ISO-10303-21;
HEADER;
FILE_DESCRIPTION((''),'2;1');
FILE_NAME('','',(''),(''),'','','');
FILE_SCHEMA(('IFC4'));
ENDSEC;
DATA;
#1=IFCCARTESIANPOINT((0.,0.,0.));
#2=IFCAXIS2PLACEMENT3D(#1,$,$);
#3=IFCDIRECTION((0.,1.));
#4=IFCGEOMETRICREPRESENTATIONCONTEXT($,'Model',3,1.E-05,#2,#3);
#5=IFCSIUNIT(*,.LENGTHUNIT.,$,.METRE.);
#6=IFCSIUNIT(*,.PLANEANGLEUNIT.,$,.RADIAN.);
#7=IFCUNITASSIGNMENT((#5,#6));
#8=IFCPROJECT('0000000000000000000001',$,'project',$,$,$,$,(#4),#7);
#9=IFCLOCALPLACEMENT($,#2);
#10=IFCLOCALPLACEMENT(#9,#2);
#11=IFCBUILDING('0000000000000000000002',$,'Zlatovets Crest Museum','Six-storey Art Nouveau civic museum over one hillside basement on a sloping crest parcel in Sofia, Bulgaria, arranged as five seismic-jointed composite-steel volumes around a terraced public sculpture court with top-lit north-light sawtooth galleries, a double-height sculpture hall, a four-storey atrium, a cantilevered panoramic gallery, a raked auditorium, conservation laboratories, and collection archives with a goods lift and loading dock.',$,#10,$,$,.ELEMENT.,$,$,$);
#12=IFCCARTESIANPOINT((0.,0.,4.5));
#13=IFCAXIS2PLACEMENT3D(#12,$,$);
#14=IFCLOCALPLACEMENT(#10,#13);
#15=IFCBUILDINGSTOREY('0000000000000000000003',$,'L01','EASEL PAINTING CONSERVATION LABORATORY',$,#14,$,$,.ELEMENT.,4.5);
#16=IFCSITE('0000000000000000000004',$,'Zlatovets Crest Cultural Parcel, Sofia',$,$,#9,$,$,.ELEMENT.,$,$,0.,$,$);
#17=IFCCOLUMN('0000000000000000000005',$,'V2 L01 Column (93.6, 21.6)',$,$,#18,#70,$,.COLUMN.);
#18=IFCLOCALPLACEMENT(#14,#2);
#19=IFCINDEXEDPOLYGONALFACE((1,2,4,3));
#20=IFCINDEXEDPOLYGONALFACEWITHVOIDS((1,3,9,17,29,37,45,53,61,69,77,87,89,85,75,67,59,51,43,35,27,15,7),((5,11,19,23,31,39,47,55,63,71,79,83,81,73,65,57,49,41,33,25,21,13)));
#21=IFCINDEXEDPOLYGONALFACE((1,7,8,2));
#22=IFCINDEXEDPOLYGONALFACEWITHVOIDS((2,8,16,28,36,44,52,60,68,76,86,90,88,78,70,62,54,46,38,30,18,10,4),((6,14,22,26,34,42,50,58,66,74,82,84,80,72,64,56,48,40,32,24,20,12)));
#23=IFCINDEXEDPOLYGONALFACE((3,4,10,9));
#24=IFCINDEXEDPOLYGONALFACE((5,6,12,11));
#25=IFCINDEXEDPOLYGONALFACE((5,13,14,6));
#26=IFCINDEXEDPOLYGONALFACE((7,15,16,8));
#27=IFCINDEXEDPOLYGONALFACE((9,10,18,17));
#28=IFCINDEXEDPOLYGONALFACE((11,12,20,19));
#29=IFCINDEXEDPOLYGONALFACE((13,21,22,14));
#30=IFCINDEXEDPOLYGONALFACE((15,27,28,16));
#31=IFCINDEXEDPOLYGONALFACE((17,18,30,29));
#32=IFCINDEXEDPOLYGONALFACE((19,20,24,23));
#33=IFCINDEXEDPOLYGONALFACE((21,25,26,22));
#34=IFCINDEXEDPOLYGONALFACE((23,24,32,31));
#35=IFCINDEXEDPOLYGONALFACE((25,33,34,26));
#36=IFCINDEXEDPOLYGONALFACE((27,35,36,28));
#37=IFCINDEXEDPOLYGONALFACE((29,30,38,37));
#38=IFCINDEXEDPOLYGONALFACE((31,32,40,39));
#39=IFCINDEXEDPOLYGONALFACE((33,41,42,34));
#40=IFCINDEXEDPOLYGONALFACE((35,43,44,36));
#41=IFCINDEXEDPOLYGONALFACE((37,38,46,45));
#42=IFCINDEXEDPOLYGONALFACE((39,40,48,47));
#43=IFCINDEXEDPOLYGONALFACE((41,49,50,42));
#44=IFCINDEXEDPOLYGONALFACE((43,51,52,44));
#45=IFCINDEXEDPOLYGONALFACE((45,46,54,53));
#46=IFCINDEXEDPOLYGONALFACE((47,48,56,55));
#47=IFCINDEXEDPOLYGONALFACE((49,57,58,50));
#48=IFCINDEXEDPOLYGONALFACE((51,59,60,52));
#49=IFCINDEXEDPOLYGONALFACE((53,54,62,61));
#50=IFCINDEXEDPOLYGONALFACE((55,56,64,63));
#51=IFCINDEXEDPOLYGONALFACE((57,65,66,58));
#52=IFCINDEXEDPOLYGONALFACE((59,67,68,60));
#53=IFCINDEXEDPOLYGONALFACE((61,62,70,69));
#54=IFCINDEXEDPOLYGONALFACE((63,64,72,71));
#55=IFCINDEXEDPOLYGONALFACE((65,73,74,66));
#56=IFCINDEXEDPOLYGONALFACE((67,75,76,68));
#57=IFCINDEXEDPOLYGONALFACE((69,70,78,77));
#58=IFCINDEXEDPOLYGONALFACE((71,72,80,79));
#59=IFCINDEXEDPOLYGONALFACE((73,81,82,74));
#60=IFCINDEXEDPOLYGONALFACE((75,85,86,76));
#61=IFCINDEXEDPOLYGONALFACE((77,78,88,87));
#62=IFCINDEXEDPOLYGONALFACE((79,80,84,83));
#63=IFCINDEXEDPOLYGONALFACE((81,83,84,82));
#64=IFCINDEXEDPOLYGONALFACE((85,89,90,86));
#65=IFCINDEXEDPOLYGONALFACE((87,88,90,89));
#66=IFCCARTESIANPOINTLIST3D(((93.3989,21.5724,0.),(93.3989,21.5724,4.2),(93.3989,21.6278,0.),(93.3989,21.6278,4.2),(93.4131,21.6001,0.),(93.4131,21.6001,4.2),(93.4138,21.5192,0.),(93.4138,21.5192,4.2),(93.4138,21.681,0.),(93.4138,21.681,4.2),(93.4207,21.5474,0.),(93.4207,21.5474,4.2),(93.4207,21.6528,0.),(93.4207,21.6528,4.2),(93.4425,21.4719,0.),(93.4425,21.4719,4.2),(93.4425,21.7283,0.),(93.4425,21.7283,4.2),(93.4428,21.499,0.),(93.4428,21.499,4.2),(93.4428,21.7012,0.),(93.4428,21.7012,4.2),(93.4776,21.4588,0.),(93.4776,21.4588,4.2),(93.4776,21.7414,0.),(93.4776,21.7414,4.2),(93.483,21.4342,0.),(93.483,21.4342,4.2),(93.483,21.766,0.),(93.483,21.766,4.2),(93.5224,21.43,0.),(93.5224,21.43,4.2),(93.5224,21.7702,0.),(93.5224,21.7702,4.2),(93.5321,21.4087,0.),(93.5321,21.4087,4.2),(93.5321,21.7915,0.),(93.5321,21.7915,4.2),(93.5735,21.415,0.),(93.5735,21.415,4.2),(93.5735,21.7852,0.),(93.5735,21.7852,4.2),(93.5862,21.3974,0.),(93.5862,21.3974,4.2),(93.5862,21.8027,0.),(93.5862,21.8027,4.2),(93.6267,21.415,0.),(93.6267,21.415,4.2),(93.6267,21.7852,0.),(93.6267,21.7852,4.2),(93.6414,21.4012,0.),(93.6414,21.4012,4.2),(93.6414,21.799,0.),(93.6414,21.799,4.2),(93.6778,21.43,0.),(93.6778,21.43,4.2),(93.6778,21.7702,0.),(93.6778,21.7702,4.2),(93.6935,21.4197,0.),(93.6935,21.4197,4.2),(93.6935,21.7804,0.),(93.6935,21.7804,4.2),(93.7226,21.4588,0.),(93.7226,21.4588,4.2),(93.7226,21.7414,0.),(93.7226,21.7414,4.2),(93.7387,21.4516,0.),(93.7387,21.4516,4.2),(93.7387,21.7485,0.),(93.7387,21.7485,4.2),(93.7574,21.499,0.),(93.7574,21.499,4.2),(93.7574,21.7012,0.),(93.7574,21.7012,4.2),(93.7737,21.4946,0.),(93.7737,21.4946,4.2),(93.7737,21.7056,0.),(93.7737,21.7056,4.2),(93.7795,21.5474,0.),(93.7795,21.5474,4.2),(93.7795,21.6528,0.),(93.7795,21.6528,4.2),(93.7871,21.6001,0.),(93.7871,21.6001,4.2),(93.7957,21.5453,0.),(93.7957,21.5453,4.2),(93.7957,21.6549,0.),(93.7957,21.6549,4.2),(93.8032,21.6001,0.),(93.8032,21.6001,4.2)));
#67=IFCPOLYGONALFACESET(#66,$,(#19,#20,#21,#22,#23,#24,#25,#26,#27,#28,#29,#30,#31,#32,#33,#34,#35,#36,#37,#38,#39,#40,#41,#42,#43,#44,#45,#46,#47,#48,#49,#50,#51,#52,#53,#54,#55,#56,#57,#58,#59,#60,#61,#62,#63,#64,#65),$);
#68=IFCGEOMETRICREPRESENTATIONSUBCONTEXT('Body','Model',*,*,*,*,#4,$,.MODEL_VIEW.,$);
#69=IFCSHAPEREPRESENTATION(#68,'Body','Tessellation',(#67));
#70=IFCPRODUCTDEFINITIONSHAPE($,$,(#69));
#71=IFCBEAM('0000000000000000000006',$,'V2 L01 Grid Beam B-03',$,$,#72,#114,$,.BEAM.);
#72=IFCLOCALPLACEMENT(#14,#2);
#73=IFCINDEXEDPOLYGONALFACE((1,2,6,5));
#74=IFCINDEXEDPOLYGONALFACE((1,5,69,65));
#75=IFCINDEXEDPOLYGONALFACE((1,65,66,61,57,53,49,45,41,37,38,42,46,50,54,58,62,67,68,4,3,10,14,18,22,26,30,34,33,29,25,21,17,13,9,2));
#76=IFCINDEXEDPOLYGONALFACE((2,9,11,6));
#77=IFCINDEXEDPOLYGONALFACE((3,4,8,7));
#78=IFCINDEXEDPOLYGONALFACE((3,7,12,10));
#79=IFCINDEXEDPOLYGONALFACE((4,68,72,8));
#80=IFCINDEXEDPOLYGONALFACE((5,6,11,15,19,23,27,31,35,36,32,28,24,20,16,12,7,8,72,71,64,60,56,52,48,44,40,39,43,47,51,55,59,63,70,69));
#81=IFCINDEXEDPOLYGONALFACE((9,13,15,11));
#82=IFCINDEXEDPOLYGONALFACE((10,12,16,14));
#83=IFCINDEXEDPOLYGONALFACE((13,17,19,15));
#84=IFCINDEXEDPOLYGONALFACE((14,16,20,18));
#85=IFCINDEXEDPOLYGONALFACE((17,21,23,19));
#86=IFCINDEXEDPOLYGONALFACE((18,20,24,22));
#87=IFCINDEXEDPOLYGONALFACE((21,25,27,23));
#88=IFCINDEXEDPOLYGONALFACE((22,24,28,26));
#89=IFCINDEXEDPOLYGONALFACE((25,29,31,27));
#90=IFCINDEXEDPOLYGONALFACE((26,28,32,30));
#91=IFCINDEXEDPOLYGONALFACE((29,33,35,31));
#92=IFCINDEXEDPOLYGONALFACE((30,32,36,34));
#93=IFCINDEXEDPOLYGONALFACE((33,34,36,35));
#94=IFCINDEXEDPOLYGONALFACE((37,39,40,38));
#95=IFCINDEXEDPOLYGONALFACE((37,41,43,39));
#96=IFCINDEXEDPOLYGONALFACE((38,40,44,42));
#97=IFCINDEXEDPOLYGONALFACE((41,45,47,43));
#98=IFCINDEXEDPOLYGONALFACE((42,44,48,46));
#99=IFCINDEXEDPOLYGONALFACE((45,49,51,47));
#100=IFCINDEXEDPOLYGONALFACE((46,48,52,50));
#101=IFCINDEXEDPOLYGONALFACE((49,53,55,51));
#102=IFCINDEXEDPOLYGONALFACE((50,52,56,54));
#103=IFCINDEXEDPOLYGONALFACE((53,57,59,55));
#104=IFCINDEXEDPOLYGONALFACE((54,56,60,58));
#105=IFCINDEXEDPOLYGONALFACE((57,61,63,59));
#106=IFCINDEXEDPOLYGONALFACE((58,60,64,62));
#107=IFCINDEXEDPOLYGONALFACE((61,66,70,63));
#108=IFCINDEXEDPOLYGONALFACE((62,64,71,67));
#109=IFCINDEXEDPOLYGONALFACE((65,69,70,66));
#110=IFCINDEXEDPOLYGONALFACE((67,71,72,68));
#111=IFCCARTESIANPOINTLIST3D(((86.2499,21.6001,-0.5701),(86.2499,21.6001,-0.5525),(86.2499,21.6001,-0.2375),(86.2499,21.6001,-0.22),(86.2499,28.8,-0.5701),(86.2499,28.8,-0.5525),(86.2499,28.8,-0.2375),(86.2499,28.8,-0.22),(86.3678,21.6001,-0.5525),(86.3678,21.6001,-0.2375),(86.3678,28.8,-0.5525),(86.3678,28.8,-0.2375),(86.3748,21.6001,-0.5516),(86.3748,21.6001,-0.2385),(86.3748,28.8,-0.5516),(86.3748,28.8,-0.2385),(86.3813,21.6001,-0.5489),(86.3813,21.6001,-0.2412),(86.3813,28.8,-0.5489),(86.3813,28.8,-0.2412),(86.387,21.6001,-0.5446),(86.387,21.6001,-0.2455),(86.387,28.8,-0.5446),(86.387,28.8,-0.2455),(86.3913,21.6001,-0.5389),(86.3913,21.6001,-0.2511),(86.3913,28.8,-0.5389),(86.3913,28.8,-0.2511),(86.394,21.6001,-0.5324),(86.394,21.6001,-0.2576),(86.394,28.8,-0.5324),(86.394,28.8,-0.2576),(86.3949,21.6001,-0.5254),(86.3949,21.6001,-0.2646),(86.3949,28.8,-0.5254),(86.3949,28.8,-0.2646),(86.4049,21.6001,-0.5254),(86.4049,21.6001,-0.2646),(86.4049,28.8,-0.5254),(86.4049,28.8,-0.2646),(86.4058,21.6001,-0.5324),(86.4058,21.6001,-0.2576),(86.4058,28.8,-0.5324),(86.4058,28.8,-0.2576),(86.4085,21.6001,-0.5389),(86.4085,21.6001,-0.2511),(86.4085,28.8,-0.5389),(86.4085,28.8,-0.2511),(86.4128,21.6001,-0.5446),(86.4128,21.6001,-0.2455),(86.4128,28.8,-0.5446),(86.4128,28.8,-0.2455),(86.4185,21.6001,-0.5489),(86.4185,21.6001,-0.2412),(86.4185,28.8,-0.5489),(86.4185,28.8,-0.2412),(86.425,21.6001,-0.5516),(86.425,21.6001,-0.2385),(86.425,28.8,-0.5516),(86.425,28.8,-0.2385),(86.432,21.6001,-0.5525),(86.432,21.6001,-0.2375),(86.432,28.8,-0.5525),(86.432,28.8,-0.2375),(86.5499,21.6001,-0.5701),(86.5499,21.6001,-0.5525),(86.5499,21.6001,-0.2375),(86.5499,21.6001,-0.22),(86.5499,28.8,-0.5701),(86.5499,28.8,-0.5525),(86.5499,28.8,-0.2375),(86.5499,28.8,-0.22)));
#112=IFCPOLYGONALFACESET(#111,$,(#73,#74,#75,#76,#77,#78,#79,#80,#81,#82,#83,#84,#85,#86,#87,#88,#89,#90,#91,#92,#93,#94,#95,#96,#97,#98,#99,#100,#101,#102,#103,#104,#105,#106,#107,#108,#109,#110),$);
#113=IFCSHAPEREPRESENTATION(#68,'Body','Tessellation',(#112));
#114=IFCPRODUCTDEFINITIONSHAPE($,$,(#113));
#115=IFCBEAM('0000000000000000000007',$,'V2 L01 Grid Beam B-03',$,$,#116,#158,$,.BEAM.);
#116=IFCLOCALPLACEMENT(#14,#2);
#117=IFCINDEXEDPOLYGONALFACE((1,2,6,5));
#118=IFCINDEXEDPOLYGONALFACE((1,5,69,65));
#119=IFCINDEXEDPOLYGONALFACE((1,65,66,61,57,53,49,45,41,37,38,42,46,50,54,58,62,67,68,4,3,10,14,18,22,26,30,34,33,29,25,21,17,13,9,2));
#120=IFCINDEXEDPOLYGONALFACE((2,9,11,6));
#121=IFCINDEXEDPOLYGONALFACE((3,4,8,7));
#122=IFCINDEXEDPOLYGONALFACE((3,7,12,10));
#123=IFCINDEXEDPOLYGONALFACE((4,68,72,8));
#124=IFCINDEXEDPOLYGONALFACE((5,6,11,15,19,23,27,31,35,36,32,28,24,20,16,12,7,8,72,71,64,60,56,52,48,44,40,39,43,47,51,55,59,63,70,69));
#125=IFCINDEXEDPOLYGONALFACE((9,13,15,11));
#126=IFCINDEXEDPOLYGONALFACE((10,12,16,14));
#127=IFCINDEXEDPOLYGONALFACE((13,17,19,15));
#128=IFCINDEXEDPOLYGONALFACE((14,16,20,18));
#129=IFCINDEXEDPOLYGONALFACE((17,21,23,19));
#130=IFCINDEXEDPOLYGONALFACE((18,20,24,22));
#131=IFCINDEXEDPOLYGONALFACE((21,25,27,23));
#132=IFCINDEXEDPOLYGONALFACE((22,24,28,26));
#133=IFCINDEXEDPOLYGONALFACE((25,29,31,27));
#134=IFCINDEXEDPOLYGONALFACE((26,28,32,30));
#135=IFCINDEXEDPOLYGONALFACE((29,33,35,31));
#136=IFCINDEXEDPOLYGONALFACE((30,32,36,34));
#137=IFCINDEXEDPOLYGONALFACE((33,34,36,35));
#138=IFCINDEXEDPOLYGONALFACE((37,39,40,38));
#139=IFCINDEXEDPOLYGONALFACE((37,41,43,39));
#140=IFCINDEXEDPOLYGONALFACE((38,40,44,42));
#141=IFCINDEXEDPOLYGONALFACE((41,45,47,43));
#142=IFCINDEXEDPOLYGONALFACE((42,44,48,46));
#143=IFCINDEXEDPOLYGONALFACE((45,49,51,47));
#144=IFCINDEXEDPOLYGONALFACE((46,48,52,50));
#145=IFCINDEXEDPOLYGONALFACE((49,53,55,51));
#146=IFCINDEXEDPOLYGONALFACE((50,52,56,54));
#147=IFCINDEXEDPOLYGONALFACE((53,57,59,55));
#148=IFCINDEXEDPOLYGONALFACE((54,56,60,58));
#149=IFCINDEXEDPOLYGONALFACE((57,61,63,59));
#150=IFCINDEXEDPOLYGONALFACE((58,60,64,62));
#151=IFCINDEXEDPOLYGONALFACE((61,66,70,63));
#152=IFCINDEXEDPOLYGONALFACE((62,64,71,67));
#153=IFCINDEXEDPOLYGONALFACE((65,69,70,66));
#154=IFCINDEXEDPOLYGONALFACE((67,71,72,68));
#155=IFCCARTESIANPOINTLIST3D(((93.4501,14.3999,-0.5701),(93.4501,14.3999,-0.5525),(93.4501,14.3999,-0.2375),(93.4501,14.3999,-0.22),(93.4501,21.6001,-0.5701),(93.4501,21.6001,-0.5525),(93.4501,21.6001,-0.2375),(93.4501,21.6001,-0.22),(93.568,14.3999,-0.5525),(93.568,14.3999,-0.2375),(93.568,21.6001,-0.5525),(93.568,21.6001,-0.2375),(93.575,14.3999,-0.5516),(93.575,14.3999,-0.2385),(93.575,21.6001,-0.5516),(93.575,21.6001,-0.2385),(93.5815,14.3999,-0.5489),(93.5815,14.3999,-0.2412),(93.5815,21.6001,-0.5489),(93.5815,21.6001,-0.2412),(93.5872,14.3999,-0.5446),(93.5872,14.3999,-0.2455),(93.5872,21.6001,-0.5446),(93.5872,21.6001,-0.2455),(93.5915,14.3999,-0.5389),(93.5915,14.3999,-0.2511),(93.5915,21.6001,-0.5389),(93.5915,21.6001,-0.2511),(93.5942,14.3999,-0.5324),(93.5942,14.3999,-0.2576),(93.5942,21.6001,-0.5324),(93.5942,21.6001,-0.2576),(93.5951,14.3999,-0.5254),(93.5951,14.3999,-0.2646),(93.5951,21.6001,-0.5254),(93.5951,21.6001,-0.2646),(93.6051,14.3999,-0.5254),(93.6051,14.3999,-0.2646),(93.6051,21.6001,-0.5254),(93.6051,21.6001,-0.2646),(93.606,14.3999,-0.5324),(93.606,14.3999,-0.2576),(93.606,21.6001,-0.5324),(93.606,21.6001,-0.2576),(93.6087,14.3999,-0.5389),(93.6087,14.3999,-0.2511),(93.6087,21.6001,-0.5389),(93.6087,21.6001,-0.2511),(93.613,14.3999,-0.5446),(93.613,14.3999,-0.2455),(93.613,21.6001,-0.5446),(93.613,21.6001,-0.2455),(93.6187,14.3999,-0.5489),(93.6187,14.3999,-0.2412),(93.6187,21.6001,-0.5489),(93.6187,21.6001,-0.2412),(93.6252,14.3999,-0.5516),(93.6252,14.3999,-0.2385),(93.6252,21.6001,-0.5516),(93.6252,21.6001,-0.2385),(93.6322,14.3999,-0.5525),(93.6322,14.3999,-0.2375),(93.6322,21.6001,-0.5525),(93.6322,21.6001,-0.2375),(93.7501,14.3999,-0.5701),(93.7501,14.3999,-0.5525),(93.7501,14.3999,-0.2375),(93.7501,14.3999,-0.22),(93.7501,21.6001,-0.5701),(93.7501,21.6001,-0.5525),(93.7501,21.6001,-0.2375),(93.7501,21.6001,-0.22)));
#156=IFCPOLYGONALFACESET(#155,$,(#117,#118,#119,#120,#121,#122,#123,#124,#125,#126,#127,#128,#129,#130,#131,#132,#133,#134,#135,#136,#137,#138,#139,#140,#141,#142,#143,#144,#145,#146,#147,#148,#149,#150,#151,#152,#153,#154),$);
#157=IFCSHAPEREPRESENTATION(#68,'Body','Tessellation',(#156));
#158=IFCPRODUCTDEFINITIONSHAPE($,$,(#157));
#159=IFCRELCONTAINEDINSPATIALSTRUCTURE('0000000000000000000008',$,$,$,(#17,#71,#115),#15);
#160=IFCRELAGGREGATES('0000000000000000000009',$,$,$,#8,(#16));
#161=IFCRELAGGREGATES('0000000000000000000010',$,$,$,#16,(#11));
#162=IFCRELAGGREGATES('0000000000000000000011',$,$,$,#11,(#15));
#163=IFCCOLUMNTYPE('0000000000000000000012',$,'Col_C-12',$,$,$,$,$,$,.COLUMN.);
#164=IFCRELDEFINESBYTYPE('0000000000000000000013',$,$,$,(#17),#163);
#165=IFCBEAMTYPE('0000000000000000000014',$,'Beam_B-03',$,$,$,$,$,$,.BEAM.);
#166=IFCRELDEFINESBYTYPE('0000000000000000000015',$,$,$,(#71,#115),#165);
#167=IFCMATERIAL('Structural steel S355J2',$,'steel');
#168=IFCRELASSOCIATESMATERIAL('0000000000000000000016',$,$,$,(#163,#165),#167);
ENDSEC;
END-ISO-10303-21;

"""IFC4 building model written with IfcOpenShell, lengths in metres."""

from ifc_helpers import new_model, si_unit, direction, frame, origin, origin_2d, place, context, subcontext, project, spatial, hollow_circle, i_section, extrude, material, material_profile, profile_set, type_object, element, save


model = new_model("IFC4")

# Units and contexts
model_context = context("Model", 3, precision=1e-05, world=origin(), true_north=direction((0.0, 1.0)))
body_context = subcontext(model_context, "Body", "Model", "MODEL_VIEW")
ifc_project = project(units=[si_unit("LENGTHUNIT", "METRE"), si_unit("PLANEANGLEUNIT", "RADIAN")], contexts=[model_context])

# Site, building, storey
site_placement = place(None, origin())
site = spatial("IfcSite", under=ifc_project, at=site_placement, Name="Zlatovets Crest Cultural Parcel, Sofia", CompositionType="ELEMENT", RefElevation=0.0)
building_placement = place(site_placement, origin())
building = spatial("IfcBuilding", under=site, at=building_placement, Name="Zlatovets Crest Museum", Description="Six-storey Art Nouveau civic museum over one hillside basement on a sloping crest parcel in Sofia, Bulgaria, arranged as five seismic-jointed composite-steel volumes around a terraced public sculpture court with top-lit north-light sawtooth galleries, a double-height sculpture hall, a four-storey atrium, a cantilevered panoramic gallery, a raked auditorium, conservation laboratories, and collection archives with a goods lift and loading dock.", CompositionType="ELEMENT")
storey_placement = place(building_placement, frame((0.0, 0.0, 4.5)))
storey = spatial("IfcBuildingStorey", under=building, at=storey_placement, Name="L01", Description="EASEL PAINTING CONSERVATION LABORATORY", CompositionType="ELEMENT", Elevation=4.5)

# Column
ifc_material_1 = material(Name="Structural steel S355J2", Category="steel")
ifc_material_profile_1 = material_profile(ifc_material_1, hollow_circle(Radius=0.2031, WallThickness=0.0161, at=origin_2d()), Name="CHS 406.4x16.0")
ifc_profile_set_1 = profile_set([ifc_material_profile_1], Name="Structural steel S355J2")
column_type_1 = type_object("IfcColumnType", Name="Col_C-12", PredefinedType="COLUMN", material=ifc_profile_set_1)
for number, where, z_axis, x_axis, name in (
    (1, (93.6001, 21.6001, 0.0), (0.0, 0.0, 1.0), (1.0, 0.0, 0.0), "V2 L01 Column (93.6, 21.6)"),
):
    element("IfcColumn", number, at=place(storey_placement, frame(where, z_axis=z_axis, x_axis=x_axis)), inside=storey, type_object=column_type_1, Name=name, PredefinedType="COLUMN", context=body_context, shape_type="SweptSolid", body=[
        extrude(hollow_circle(Radius=0.2031, WallThickness=0.0161, at=origin_2d()), origin(), (0.0, 0.0, 1.0), 4.2),
    ])

# Beams
ifc_material_profile_2 = material_profile(ifc_material_1, i_section(OverallWidth=0.3, OverallDepth=0.3501, WebThickness=0.01, FlangeThickness=0.0176, FilletRadius=0.0271, at=origin_2d()), Name="HEA 360")
ifc_profile_set_2 = profile_set([ifc_material_profile_2], Name="Structural steel S355J2")
beam_type_1 = type_object("IfcBeamType", Name="Beam_B-03", PredefinedType="BEAM", material=ifc_profile_set_2)
beam_1_placement = place(storey_placement, frame((86.3999, 21.6001, -0.395), z_axis=(0.0, 1.0, 0.0), x_axis=(-1.0, 0.0, 0.0)))
element("IfcBeam", 2, at=beam_1_placement, inside=storey, type_object=beam_type_1, Name="V2 L01 Grid Beam B-03", PredefinedType="BEAM", context=body_context, shape_type="SweptSolid", body=[
    extrude(i_section(OverallWidth=0.3, OverallDepth=0.3501, WebThickness=0.01, FlangeThickness=0.0176, FilletRadius=0.0271, at=origin_2d()), origin(), (0.0, 0.0, 1.0), 7.2),
])
beam_2_placement = place(storey_placement, frame((93.6001, 14.3999, -0.395), z_axis=(0.0, 1.0, 0.0), x_axis=(-1.0, 0.0, 0.0)))
element("IfcBeam", 3, at=beam_2_placement, inside=storey, type_object=beam_type_1, Name="V2 L01 Grid Beam B-03", PredefinedType="BEAM", context=body_context, shape_type="SweptSolid", body=[
    extrude(i_section(OverallWidth=0.3, OverallDepth=0.3501, WebThickness=0.01, FlangeThickness=0.0176, FilletRadius=0.0271, at=origin_2d()), origin(), (0.0, 0.0, 1.0), 7.2002),
])

save(model, "model.ifc")
